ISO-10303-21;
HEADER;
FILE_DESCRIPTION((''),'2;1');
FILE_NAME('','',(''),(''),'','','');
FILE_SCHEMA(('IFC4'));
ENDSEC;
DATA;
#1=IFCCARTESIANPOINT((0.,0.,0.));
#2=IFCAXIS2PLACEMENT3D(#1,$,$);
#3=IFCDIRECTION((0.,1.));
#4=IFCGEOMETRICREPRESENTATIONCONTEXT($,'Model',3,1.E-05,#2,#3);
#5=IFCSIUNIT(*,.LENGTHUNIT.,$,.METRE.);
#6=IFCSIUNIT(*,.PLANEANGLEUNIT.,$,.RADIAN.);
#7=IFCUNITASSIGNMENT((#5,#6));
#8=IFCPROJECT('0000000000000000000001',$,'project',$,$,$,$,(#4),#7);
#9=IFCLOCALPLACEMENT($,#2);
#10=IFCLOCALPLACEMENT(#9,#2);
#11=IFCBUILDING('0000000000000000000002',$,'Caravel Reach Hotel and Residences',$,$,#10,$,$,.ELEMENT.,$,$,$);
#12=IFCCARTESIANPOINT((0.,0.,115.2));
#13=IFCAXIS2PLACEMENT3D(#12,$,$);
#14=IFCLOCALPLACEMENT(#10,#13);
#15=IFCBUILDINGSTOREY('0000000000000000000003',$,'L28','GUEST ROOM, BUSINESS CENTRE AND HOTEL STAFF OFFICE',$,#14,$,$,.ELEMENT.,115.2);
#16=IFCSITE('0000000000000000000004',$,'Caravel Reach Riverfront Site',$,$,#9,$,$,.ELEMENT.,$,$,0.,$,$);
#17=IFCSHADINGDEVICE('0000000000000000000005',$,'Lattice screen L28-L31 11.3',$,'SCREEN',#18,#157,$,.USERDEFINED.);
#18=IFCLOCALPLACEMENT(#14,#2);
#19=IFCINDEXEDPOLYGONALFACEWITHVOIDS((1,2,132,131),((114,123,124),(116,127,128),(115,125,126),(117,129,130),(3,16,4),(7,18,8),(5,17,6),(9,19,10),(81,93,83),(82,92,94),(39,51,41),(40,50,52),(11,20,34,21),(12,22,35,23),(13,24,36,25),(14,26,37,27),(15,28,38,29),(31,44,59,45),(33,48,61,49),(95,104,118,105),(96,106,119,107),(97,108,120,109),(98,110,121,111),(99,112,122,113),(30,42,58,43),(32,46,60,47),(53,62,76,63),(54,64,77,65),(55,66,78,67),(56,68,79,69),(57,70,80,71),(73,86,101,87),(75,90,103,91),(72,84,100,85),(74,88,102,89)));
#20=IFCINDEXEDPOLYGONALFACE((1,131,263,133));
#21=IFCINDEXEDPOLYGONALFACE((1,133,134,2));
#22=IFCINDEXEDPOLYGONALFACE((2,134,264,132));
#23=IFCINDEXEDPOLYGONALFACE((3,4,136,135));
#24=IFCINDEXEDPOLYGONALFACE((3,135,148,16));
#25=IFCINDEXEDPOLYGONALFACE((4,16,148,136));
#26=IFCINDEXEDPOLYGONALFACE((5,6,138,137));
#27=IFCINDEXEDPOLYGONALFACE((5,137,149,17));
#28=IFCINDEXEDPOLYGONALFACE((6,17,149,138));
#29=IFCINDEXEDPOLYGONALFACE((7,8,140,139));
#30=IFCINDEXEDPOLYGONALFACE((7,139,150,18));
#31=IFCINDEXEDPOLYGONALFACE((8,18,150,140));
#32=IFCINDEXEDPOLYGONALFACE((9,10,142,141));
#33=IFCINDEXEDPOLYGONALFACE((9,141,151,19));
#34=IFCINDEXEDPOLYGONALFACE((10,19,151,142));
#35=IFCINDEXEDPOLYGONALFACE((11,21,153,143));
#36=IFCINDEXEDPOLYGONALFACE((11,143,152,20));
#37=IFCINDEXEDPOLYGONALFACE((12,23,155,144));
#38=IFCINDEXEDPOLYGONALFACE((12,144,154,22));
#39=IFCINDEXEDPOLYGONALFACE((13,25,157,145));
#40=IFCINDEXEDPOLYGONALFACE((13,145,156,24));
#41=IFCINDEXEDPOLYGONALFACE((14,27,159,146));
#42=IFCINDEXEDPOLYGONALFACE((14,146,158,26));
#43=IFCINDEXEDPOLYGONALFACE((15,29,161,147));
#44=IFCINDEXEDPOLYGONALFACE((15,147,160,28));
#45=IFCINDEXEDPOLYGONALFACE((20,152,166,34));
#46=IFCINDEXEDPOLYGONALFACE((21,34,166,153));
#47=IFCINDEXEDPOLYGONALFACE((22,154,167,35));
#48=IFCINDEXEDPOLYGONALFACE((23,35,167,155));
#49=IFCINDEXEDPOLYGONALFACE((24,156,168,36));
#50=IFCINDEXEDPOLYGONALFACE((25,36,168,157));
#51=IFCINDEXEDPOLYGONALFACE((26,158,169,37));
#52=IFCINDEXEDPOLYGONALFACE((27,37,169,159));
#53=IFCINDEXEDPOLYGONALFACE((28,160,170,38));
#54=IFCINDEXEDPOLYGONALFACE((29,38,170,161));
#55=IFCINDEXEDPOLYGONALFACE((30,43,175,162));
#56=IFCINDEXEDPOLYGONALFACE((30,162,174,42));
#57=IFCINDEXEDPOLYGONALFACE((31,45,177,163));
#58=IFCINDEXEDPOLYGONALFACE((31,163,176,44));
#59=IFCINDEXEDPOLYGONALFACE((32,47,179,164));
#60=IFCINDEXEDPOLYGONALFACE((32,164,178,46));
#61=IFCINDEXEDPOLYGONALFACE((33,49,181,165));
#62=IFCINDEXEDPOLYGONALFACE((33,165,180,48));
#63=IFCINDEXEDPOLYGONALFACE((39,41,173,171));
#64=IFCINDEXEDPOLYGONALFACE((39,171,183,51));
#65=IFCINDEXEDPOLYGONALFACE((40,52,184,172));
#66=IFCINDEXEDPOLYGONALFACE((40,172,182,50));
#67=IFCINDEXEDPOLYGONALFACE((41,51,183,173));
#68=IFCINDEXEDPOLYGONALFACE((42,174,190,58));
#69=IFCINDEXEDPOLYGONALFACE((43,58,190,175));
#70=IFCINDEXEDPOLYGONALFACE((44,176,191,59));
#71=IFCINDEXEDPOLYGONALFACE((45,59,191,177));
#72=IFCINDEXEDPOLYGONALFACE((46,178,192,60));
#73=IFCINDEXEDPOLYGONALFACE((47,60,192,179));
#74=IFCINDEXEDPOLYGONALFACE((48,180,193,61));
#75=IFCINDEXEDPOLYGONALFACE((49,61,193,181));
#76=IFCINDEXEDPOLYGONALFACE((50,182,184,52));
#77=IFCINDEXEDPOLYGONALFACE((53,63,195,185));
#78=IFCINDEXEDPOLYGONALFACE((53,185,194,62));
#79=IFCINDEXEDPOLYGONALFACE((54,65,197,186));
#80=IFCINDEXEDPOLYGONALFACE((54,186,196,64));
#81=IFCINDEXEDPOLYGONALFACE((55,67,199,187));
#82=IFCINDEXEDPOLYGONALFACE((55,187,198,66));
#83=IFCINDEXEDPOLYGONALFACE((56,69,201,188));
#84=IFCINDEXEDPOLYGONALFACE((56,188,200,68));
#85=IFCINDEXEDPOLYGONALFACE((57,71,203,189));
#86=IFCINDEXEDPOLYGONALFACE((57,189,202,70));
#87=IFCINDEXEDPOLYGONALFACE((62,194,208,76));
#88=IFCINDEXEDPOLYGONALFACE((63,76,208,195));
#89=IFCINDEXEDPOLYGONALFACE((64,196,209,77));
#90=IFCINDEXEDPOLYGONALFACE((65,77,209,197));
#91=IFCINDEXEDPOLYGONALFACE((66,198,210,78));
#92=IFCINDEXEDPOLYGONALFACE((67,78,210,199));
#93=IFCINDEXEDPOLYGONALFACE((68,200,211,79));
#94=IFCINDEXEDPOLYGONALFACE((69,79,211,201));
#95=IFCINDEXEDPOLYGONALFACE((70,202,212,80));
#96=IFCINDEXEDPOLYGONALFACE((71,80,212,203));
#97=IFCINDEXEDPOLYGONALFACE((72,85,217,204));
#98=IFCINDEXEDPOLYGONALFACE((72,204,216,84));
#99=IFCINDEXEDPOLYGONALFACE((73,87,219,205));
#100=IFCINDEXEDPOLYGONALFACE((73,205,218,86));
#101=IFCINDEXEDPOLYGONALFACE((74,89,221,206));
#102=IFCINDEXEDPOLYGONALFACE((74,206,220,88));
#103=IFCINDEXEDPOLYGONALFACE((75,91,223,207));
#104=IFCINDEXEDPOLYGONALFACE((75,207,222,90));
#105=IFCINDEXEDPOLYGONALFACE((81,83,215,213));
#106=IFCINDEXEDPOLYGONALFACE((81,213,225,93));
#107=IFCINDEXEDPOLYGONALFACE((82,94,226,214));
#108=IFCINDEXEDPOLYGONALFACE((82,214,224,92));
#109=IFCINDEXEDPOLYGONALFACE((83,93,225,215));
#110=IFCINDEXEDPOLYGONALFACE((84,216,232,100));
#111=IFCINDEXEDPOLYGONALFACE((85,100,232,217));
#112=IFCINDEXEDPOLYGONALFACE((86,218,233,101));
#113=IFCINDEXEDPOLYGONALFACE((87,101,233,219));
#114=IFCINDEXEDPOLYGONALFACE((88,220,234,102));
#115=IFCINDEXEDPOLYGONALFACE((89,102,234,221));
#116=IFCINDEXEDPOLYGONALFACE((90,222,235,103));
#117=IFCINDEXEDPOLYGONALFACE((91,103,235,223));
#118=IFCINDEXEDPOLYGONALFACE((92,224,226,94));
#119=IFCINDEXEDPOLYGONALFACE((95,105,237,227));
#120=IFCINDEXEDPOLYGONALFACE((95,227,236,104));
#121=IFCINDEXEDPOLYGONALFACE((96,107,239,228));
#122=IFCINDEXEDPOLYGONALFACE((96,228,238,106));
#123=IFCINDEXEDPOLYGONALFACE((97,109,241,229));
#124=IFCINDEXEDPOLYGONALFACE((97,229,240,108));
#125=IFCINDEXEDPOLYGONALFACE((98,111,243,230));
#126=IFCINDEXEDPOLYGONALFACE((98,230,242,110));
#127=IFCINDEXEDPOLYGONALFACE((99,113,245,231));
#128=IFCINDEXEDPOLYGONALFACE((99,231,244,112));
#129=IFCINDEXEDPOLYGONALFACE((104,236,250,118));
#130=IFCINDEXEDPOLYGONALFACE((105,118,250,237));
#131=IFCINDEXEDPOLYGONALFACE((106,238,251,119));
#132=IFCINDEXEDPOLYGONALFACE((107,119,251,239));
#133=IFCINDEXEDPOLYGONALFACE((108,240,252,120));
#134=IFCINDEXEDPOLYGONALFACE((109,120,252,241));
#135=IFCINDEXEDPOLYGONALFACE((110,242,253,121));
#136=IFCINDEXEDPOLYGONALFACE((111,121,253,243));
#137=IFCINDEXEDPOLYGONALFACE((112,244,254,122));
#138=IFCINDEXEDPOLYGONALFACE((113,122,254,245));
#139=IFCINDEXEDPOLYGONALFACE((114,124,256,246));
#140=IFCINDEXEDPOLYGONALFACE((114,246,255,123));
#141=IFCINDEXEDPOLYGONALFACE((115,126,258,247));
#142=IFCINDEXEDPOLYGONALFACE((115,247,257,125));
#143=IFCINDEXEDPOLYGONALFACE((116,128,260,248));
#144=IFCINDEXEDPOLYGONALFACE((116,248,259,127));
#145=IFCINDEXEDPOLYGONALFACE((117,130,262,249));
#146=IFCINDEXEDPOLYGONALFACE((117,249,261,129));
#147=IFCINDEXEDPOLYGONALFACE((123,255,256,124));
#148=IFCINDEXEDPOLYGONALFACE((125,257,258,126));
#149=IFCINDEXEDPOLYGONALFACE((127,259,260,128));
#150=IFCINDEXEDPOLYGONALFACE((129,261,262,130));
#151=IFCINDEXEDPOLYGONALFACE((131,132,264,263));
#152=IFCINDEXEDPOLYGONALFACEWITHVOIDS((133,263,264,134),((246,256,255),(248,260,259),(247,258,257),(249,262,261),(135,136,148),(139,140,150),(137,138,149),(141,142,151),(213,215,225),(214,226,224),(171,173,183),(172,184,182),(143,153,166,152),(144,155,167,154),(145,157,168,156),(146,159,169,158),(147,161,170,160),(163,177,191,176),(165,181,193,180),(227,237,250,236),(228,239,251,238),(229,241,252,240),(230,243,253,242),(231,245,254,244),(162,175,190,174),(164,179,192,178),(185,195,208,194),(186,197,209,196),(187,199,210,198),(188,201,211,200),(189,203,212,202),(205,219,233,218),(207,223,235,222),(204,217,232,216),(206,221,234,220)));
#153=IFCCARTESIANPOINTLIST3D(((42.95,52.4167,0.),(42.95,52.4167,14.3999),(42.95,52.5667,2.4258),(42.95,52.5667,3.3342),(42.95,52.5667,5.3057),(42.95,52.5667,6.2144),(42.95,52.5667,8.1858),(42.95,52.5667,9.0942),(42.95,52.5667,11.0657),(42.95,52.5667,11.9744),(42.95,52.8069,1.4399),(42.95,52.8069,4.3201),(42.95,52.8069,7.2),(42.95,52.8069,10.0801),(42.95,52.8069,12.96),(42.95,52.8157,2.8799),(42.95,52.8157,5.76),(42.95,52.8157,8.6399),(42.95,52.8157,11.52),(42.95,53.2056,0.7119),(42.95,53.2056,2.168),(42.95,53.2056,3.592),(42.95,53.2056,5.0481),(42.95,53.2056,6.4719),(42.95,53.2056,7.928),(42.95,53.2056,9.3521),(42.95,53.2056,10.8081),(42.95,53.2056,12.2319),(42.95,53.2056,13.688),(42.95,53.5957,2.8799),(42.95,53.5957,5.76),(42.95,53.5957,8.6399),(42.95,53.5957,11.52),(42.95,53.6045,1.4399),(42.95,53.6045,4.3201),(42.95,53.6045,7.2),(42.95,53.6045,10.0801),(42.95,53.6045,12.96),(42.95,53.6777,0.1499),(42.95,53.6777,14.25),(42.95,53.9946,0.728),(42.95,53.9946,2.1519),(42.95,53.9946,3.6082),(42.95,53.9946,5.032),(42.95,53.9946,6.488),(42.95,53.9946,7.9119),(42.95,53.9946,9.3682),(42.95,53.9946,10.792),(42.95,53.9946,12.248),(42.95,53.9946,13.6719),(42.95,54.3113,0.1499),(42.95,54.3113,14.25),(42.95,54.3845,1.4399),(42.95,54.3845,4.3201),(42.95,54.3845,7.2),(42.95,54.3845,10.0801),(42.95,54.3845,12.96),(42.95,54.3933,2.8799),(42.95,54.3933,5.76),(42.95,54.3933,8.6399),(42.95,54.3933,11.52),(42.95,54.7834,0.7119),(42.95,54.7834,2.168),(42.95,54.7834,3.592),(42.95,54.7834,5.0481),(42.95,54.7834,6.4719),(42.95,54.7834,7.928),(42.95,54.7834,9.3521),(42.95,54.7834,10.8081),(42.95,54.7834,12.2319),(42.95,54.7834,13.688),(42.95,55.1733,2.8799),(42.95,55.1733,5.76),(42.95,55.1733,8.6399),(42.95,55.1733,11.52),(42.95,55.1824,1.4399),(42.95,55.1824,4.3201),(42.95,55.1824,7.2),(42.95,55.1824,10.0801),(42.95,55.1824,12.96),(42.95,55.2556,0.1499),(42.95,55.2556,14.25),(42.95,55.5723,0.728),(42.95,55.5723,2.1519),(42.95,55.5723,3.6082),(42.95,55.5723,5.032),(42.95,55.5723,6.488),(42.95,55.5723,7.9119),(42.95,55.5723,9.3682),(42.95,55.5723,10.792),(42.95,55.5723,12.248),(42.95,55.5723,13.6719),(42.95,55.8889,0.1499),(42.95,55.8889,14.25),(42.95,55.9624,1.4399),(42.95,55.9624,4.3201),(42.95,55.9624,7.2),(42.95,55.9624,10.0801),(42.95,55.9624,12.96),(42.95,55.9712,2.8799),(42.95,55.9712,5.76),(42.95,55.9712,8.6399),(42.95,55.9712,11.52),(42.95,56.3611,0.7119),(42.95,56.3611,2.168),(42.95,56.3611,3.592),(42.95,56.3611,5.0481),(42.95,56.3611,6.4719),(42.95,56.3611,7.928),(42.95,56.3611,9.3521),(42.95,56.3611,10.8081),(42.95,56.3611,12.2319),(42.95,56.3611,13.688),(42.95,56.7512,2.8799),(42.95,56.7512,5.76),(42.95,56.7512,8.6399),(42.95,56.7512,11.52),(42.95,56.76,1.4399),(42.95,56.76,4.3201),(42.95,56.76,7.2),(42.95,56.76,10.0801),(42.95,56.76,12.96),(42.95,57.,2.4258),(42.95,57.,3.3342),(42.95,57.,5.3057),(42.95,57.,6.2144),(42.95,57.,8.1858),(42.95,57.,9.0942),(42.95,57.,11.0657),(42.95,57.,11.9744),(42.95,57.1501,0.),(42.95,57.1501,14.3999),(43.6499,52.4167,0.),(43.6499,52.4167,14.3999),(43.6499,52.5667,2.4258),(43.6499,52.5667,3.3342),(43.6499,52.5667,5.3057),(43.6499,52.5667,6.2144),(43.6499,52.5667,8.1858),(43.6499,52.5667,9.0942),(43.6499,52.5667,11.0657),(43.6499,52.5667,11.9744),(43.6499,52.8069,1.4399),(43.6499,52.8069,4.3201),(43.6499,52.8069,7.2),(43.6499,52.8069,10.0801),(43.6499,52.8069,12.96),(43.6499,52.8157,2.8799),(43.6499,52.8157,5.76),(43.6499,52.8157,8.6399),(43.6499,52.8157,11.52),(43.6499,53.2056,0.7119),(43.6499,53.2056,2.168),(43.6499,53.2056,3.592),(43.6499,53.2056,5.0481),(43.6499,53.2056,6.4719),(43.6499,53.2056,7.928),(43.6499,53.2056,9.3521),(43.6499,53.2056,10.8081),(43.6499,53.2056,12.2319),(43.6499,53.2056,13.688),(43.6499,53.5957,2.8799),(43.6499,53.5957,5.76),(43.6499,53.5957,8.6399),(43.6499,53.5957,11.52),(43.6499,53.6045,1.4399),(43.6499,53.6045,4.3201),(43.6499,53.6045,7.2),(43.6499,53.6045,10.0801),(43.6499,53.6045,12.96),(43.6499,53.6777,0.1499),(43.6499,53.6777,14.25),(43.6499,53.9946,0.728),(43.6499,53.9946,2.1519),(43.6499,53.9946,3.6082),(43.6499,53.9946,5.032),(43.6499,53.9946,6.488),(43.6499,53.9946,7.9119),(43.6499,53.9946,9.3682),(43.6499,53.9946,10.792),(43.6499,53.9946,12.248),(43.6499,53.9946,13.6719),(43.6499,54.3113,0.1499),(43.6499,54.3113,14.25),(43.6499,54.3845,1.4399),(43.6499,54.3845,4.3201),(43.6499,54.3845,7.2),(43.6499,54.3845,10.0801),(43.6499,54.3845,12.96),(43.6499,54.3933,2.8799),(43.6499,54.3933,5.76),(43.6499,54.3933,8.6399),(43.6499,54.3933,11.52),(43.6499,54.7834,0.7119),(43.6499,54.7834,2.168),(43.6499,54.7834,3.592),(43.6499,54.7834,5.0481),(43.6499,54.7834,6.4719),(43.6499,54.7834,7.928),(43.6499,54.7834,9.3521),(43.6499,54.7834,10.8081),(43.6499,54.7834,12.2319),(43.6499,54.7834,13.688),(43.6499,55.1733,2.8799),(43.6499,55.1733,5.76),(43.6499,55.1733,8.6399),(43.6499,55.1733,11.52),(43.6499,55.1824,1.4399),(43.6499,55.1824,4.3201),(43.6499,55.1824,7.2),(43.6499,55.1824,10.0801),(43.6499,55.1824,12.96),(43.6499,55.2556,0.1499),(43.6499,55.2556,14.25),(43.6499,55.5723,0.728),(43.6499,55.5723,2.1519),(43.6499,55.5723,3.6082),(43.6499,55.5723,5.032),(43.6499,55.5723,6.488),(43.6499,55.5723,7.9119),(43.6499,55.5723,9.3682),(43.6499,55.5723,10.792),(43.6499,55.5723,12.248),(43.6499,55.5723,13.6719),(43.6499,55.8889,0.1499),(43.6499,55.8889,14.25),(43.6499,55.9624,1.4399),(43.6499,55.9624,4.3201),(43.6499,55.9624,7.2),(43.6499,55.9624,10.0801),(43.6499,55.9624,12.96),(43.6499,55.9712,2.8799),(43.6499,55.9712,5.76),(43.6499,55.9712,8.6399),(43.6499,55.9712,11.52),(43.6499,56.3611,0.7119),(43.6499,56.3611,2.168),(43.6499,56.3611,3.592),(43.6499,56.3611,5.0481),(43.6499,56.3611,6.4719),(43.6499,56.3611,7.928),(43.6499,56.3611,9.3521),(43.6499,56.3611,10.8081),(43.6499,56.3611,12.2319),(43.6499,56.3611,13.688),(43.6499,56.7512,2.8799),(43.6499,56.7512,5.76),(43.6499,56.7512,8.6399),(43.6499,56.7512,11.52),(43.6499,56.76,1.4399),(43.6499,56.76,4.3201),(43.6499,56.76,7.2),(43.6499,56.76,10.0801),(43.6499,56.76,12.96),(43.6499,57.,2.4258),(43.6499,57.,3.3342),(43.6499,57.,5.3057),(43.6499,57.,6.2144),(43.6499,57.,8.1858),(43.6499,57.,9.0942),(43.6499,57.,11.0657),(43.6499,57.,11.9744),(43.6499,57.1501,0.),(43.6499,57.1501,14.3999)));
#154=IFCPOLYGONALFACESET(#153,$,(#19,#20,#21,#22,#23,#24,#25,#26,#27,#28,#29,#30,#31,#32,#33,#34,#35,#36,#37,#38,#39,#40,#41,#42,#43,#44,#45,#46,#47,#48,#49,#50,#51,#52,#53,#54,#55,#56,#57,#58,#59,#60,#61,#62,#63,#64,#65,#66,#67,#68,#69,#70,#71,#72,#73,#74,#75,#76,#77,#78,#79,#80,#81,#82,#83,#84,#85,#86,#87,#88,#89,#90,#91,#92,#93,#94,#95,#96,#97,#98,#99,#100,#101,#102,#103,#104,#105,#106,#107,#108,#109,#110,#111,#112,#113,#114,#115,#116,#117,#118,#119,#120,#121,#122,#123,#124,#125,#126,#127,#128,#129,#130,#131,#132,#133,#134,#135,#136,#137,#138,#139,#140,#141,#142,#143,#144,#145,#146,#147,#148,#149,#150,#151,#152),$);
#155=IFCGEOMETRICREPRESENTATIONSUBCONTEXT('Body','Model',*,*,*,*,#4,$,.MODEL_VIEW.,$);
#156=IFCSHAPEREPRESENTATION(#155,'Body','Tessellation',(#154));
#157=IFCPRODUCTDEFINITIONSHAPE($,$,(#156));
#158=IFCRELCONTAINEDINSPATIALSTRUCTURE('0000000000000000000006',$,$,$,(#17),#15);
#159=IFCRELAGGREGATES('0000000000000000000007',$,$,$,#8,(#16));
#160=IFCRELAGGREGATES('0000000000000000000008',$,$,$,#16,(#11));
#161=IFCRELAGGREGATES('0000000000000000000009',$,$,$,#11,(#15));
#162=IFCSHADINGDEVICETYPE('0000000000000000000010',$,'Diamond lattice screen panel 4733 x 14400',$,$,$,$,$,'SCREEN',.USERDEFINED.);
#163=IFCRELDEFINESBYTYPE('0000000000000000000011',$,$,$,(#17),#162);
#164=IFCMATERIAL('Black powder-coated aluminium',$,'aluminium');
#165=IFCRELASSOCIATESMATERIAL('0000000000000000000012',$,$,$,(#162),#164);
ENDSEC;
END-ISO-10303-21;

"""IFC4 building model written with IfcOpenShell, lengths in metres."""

from ifc_helpers import new_model, si_unit, direction, frame, origin, place, context, subcontext, project, spatial, polyline, outline, extrude, material, type_object, element, save


model = new_model("IFC4")

# Units and contexts
model_context = context("Model", 3, precision=1e-05, world=origin(), true_north=direction((0.0, 1.0)))
body_context = subcontext(model_context, "Body", "Model", "MODEL_VIEW")
ifc_project = project(units=[si_unit("LENGTHUNIT", "METRE"), si_unit("PLANEANGLEUNIT", "RADIAN")], contexts=[model_context])

# Site, building, storey
site_placement = place(None, origin())
site = spatial("IfcSite", under=ifc_project, at=site_placement, Name="Caravel Reach Riverfront Site", CompositionType="ELEMENT", RefElevation=0.0)
building_placement = place(site_placement, origin())
building = spatial("IfcBuilding", under=site, at=building_placement, Name="Caravel Reach Hotel and Residences", CompositionType="ELEMENT")
storey_placement = place(building_placement, frame((0.0, 0.0, 115.2)))
storey = spatial("IfcBuildingStorey", under=building, at=storey_placement, Name="L28", Description="GUEST ROOM, BUSINESS CENTRE AND HOTEL STAFF OFFICE", CompositionType="ELEMENT", Elevation=115.2)

# Shading device
ifc_material_1 = material(Name="Black powder-coated aluminium", Category="aluminium")
shading_device_type_1 = type_object("IfcShadingDeviceType", Name="Diamond lattice screen panel 4733 x 14400", ElementType="SCREEN", PredefinedType="USERDEFINED", material=ifc_material_1)
shading_device_1_placement = place(storey_placement, frame((42.95, 52.4167, 0.0), z_axis=(1.0, 0.0, 0.0), x_axis=(0.0, 1.0, 0.0)))
element("IfcShadingDevice", 1, at=shading_device_1_placement, inside=storey, type_object=shading_device_type_1, Name="Lattice screen L28-L31 11.3", ObjectType="SCREEN", PredefinedType="USERDEFINED", context=body_context, shape_type="SweptSolid", body=[
    extrude(outline(polyline([(0.0, 0.0), (4.7334, 0.0), (4.7334, 14.3999), (0.0, 14.3999), (0.0, 0.0)]), holes=[polyline([(0.3989, 2.8799), (0.1499, 3.3342), (0.1499, 2.4258), (0.3989, 2.8799)]), polyline([(0.3989, 5.76), (0.1499, 6.2144), (0.1499, 5.3057), (0.3989, 5.76)]), polyline([(0.3989, 8.6399), (0.1499, 9.0942), (0.1499, 8.1858), (0.3989, 8.6399)]), polyline([(0.3989, 11.52), (0.1499, 11.9744), (0.1499, 11.0657), (0.3989, 11.52)]), polyline([(0.7888, 2.168), (0.3901, 1.4399), (0.7888, 0.7119), (1.1877, 1.4399), (0.7888, 2.168)]), polyline([(0.7888, 5.0481), (0.3901, 4.3201), (0.7888, 3.592), (1.1877, 4.3201), (0.7888, 5.0481)]), polyline([(0.7888, 7.928), (0.3901, 7.2), (0.7888, 6.4719), (1.1877, 7.2), (0.7888, 7.928)]), polyline([(0.7888, 10.8081), (0.3901, 10.0801), (0.7888, 9.3521), (1.1877, 10.0801), (0.7888, 10.8081)]), polyline([(0.7888, 13.688), (0.3901, 12.96), (0.7888, 12.2319), (1.1877, 12.96), (0.7888, 13.688)]), polyline([(1.5779, 0.728), (1.261, 0.1499), (1.8945, 0.1499), (1.5779, 0.728)]), polyline([(1.5779, 3.6082), (1.179, 2.8799), (1.5779, 2.1519), (1.9766, 2.8799), (1.5779, 3.6082)]), polyline([(1.5779, 6.488), (1.179, 5.76), (1.5779, 5.032), (1.9766, 5.76), (1.5779, 6.488)]), polyline([(1.5779, 9.3682), (1.179, 8.6399), (1.5779, 7.9119), (1.9766, 8.6399), (1.5779, 9.3682)]), polyline([(1.5779, 12.248), (1.179, 11.52), (1.5779, 10.792), (1.9766, 11.52), (1.5779, 12.248)]), polyline([(1.5779, 13.6719), (1.8945, 14.25), (1.261, 14.25), (1.5779, 13.6719)]), polyline([(2.3667, 2.168), (1.9678, 1.4399), (2.3667, 0.7119), (2.7656, 1.4399), (2.3667, 2.168)]), polyline([(2.3667, 5.0481), (1.9678, 4.3201), (2.3667, 3.592), (2.7656, 4.3201), (2.3667, 5.0481)]), polyline([(2.3667, 7.928), (1.9678, 7.2), (2.3667, 6.4719), (2.7656, 7.2), (2.3667, 7.928)]), polyline([(2.3667, 10.8081), (1.9678, 10.0801), (2.3667, 9.3521), (2.7656, 10.0801), (2.3667, 10.8081)]), polyline([(2.3667, 13.688), (1.9678, 12.96), (2.3667, 12.2319), (2.7656, 12.96), (2.3667, 13.688)]), polyline([(3.1555, 0.728), (2.8389, 0.1499), (3.4722, 0.1499), (3.1555, 0.728)]), polyline([(3.1555, 3.6082), (2.7566, 2.8799), (3.1555, 2.1519), (3.5544, 2.8799), (3.1555, 3.6082)]), polyline([(3.1555, 6.488), (2.7566, 5.76), (3.1555, 5.032), (3.5544, 5.76), (3.1555, 6.488)]), polyline([(3.1555, 9.3682), (2.7566, 8.6399), (3.1555, 7.9119), (3.5544, 8.6399), (3.1555, 9.3682)]), polyline([(3.1555, 12.248), (2.7566, 11.52), (3.1555, 10.792), (3.5544, 11.52), (3.1555, 12.248)]), polyline([(3.1555, 13.6719), (3.4722, 14.25), (2.8389, 14.25), (3.1555, 13.6719)]), polyline([(3.9443, 2.168), (3.5457, 1.4399), (3.9443, 0.7119), (4.3433, 1.4399), (3.9443, 2.168)]), polyline([(3.9443, 5.0481), (3.5457, 4.3201), (3.9443, 3.592), (4.3433, 4.3201), (3.9443, 5.0481)]), polyline([(3.9443, 7.928), (3.5457, 7.2), (3.9443, 6.4719), (4.3433, 7.2), (3.9443, 7.928)]), polyline([(3.9443, 10.8081), (3.5457, 10.0801), (3.9443, 9.3521), (4.3433, 10.0801), (3.9443, 10.8081)]), polyline([(3.9443, 13.688), (3.5457, 12.96), (3.9443, 12.2319), (4.3433, 12.96), (3.9443, 13.688)]), polyline([(4.3345, 2.8799), (4.5833, 2.4258), (4.5833, 3.3342), (4.3345, 2.8799)]), polyline([(4.3345, 5.76), (4.5833, 5.3057), (4.5833, 6.2144), (4.3345, 5.76)]), polyline([(4.3345, 8.6399), (4.5833, 8.1858), (4.5833, 9.0942), (4.3345, 8.6399)]), polyline([(4.3345, 11.52), (4.5833, 11.0657), (4.5833, 11.9744), (4.3345, 11.52)])]), origin(), (0.0, 0.0, 1.0), 0.7),
])

save(model, "model.ifc")
